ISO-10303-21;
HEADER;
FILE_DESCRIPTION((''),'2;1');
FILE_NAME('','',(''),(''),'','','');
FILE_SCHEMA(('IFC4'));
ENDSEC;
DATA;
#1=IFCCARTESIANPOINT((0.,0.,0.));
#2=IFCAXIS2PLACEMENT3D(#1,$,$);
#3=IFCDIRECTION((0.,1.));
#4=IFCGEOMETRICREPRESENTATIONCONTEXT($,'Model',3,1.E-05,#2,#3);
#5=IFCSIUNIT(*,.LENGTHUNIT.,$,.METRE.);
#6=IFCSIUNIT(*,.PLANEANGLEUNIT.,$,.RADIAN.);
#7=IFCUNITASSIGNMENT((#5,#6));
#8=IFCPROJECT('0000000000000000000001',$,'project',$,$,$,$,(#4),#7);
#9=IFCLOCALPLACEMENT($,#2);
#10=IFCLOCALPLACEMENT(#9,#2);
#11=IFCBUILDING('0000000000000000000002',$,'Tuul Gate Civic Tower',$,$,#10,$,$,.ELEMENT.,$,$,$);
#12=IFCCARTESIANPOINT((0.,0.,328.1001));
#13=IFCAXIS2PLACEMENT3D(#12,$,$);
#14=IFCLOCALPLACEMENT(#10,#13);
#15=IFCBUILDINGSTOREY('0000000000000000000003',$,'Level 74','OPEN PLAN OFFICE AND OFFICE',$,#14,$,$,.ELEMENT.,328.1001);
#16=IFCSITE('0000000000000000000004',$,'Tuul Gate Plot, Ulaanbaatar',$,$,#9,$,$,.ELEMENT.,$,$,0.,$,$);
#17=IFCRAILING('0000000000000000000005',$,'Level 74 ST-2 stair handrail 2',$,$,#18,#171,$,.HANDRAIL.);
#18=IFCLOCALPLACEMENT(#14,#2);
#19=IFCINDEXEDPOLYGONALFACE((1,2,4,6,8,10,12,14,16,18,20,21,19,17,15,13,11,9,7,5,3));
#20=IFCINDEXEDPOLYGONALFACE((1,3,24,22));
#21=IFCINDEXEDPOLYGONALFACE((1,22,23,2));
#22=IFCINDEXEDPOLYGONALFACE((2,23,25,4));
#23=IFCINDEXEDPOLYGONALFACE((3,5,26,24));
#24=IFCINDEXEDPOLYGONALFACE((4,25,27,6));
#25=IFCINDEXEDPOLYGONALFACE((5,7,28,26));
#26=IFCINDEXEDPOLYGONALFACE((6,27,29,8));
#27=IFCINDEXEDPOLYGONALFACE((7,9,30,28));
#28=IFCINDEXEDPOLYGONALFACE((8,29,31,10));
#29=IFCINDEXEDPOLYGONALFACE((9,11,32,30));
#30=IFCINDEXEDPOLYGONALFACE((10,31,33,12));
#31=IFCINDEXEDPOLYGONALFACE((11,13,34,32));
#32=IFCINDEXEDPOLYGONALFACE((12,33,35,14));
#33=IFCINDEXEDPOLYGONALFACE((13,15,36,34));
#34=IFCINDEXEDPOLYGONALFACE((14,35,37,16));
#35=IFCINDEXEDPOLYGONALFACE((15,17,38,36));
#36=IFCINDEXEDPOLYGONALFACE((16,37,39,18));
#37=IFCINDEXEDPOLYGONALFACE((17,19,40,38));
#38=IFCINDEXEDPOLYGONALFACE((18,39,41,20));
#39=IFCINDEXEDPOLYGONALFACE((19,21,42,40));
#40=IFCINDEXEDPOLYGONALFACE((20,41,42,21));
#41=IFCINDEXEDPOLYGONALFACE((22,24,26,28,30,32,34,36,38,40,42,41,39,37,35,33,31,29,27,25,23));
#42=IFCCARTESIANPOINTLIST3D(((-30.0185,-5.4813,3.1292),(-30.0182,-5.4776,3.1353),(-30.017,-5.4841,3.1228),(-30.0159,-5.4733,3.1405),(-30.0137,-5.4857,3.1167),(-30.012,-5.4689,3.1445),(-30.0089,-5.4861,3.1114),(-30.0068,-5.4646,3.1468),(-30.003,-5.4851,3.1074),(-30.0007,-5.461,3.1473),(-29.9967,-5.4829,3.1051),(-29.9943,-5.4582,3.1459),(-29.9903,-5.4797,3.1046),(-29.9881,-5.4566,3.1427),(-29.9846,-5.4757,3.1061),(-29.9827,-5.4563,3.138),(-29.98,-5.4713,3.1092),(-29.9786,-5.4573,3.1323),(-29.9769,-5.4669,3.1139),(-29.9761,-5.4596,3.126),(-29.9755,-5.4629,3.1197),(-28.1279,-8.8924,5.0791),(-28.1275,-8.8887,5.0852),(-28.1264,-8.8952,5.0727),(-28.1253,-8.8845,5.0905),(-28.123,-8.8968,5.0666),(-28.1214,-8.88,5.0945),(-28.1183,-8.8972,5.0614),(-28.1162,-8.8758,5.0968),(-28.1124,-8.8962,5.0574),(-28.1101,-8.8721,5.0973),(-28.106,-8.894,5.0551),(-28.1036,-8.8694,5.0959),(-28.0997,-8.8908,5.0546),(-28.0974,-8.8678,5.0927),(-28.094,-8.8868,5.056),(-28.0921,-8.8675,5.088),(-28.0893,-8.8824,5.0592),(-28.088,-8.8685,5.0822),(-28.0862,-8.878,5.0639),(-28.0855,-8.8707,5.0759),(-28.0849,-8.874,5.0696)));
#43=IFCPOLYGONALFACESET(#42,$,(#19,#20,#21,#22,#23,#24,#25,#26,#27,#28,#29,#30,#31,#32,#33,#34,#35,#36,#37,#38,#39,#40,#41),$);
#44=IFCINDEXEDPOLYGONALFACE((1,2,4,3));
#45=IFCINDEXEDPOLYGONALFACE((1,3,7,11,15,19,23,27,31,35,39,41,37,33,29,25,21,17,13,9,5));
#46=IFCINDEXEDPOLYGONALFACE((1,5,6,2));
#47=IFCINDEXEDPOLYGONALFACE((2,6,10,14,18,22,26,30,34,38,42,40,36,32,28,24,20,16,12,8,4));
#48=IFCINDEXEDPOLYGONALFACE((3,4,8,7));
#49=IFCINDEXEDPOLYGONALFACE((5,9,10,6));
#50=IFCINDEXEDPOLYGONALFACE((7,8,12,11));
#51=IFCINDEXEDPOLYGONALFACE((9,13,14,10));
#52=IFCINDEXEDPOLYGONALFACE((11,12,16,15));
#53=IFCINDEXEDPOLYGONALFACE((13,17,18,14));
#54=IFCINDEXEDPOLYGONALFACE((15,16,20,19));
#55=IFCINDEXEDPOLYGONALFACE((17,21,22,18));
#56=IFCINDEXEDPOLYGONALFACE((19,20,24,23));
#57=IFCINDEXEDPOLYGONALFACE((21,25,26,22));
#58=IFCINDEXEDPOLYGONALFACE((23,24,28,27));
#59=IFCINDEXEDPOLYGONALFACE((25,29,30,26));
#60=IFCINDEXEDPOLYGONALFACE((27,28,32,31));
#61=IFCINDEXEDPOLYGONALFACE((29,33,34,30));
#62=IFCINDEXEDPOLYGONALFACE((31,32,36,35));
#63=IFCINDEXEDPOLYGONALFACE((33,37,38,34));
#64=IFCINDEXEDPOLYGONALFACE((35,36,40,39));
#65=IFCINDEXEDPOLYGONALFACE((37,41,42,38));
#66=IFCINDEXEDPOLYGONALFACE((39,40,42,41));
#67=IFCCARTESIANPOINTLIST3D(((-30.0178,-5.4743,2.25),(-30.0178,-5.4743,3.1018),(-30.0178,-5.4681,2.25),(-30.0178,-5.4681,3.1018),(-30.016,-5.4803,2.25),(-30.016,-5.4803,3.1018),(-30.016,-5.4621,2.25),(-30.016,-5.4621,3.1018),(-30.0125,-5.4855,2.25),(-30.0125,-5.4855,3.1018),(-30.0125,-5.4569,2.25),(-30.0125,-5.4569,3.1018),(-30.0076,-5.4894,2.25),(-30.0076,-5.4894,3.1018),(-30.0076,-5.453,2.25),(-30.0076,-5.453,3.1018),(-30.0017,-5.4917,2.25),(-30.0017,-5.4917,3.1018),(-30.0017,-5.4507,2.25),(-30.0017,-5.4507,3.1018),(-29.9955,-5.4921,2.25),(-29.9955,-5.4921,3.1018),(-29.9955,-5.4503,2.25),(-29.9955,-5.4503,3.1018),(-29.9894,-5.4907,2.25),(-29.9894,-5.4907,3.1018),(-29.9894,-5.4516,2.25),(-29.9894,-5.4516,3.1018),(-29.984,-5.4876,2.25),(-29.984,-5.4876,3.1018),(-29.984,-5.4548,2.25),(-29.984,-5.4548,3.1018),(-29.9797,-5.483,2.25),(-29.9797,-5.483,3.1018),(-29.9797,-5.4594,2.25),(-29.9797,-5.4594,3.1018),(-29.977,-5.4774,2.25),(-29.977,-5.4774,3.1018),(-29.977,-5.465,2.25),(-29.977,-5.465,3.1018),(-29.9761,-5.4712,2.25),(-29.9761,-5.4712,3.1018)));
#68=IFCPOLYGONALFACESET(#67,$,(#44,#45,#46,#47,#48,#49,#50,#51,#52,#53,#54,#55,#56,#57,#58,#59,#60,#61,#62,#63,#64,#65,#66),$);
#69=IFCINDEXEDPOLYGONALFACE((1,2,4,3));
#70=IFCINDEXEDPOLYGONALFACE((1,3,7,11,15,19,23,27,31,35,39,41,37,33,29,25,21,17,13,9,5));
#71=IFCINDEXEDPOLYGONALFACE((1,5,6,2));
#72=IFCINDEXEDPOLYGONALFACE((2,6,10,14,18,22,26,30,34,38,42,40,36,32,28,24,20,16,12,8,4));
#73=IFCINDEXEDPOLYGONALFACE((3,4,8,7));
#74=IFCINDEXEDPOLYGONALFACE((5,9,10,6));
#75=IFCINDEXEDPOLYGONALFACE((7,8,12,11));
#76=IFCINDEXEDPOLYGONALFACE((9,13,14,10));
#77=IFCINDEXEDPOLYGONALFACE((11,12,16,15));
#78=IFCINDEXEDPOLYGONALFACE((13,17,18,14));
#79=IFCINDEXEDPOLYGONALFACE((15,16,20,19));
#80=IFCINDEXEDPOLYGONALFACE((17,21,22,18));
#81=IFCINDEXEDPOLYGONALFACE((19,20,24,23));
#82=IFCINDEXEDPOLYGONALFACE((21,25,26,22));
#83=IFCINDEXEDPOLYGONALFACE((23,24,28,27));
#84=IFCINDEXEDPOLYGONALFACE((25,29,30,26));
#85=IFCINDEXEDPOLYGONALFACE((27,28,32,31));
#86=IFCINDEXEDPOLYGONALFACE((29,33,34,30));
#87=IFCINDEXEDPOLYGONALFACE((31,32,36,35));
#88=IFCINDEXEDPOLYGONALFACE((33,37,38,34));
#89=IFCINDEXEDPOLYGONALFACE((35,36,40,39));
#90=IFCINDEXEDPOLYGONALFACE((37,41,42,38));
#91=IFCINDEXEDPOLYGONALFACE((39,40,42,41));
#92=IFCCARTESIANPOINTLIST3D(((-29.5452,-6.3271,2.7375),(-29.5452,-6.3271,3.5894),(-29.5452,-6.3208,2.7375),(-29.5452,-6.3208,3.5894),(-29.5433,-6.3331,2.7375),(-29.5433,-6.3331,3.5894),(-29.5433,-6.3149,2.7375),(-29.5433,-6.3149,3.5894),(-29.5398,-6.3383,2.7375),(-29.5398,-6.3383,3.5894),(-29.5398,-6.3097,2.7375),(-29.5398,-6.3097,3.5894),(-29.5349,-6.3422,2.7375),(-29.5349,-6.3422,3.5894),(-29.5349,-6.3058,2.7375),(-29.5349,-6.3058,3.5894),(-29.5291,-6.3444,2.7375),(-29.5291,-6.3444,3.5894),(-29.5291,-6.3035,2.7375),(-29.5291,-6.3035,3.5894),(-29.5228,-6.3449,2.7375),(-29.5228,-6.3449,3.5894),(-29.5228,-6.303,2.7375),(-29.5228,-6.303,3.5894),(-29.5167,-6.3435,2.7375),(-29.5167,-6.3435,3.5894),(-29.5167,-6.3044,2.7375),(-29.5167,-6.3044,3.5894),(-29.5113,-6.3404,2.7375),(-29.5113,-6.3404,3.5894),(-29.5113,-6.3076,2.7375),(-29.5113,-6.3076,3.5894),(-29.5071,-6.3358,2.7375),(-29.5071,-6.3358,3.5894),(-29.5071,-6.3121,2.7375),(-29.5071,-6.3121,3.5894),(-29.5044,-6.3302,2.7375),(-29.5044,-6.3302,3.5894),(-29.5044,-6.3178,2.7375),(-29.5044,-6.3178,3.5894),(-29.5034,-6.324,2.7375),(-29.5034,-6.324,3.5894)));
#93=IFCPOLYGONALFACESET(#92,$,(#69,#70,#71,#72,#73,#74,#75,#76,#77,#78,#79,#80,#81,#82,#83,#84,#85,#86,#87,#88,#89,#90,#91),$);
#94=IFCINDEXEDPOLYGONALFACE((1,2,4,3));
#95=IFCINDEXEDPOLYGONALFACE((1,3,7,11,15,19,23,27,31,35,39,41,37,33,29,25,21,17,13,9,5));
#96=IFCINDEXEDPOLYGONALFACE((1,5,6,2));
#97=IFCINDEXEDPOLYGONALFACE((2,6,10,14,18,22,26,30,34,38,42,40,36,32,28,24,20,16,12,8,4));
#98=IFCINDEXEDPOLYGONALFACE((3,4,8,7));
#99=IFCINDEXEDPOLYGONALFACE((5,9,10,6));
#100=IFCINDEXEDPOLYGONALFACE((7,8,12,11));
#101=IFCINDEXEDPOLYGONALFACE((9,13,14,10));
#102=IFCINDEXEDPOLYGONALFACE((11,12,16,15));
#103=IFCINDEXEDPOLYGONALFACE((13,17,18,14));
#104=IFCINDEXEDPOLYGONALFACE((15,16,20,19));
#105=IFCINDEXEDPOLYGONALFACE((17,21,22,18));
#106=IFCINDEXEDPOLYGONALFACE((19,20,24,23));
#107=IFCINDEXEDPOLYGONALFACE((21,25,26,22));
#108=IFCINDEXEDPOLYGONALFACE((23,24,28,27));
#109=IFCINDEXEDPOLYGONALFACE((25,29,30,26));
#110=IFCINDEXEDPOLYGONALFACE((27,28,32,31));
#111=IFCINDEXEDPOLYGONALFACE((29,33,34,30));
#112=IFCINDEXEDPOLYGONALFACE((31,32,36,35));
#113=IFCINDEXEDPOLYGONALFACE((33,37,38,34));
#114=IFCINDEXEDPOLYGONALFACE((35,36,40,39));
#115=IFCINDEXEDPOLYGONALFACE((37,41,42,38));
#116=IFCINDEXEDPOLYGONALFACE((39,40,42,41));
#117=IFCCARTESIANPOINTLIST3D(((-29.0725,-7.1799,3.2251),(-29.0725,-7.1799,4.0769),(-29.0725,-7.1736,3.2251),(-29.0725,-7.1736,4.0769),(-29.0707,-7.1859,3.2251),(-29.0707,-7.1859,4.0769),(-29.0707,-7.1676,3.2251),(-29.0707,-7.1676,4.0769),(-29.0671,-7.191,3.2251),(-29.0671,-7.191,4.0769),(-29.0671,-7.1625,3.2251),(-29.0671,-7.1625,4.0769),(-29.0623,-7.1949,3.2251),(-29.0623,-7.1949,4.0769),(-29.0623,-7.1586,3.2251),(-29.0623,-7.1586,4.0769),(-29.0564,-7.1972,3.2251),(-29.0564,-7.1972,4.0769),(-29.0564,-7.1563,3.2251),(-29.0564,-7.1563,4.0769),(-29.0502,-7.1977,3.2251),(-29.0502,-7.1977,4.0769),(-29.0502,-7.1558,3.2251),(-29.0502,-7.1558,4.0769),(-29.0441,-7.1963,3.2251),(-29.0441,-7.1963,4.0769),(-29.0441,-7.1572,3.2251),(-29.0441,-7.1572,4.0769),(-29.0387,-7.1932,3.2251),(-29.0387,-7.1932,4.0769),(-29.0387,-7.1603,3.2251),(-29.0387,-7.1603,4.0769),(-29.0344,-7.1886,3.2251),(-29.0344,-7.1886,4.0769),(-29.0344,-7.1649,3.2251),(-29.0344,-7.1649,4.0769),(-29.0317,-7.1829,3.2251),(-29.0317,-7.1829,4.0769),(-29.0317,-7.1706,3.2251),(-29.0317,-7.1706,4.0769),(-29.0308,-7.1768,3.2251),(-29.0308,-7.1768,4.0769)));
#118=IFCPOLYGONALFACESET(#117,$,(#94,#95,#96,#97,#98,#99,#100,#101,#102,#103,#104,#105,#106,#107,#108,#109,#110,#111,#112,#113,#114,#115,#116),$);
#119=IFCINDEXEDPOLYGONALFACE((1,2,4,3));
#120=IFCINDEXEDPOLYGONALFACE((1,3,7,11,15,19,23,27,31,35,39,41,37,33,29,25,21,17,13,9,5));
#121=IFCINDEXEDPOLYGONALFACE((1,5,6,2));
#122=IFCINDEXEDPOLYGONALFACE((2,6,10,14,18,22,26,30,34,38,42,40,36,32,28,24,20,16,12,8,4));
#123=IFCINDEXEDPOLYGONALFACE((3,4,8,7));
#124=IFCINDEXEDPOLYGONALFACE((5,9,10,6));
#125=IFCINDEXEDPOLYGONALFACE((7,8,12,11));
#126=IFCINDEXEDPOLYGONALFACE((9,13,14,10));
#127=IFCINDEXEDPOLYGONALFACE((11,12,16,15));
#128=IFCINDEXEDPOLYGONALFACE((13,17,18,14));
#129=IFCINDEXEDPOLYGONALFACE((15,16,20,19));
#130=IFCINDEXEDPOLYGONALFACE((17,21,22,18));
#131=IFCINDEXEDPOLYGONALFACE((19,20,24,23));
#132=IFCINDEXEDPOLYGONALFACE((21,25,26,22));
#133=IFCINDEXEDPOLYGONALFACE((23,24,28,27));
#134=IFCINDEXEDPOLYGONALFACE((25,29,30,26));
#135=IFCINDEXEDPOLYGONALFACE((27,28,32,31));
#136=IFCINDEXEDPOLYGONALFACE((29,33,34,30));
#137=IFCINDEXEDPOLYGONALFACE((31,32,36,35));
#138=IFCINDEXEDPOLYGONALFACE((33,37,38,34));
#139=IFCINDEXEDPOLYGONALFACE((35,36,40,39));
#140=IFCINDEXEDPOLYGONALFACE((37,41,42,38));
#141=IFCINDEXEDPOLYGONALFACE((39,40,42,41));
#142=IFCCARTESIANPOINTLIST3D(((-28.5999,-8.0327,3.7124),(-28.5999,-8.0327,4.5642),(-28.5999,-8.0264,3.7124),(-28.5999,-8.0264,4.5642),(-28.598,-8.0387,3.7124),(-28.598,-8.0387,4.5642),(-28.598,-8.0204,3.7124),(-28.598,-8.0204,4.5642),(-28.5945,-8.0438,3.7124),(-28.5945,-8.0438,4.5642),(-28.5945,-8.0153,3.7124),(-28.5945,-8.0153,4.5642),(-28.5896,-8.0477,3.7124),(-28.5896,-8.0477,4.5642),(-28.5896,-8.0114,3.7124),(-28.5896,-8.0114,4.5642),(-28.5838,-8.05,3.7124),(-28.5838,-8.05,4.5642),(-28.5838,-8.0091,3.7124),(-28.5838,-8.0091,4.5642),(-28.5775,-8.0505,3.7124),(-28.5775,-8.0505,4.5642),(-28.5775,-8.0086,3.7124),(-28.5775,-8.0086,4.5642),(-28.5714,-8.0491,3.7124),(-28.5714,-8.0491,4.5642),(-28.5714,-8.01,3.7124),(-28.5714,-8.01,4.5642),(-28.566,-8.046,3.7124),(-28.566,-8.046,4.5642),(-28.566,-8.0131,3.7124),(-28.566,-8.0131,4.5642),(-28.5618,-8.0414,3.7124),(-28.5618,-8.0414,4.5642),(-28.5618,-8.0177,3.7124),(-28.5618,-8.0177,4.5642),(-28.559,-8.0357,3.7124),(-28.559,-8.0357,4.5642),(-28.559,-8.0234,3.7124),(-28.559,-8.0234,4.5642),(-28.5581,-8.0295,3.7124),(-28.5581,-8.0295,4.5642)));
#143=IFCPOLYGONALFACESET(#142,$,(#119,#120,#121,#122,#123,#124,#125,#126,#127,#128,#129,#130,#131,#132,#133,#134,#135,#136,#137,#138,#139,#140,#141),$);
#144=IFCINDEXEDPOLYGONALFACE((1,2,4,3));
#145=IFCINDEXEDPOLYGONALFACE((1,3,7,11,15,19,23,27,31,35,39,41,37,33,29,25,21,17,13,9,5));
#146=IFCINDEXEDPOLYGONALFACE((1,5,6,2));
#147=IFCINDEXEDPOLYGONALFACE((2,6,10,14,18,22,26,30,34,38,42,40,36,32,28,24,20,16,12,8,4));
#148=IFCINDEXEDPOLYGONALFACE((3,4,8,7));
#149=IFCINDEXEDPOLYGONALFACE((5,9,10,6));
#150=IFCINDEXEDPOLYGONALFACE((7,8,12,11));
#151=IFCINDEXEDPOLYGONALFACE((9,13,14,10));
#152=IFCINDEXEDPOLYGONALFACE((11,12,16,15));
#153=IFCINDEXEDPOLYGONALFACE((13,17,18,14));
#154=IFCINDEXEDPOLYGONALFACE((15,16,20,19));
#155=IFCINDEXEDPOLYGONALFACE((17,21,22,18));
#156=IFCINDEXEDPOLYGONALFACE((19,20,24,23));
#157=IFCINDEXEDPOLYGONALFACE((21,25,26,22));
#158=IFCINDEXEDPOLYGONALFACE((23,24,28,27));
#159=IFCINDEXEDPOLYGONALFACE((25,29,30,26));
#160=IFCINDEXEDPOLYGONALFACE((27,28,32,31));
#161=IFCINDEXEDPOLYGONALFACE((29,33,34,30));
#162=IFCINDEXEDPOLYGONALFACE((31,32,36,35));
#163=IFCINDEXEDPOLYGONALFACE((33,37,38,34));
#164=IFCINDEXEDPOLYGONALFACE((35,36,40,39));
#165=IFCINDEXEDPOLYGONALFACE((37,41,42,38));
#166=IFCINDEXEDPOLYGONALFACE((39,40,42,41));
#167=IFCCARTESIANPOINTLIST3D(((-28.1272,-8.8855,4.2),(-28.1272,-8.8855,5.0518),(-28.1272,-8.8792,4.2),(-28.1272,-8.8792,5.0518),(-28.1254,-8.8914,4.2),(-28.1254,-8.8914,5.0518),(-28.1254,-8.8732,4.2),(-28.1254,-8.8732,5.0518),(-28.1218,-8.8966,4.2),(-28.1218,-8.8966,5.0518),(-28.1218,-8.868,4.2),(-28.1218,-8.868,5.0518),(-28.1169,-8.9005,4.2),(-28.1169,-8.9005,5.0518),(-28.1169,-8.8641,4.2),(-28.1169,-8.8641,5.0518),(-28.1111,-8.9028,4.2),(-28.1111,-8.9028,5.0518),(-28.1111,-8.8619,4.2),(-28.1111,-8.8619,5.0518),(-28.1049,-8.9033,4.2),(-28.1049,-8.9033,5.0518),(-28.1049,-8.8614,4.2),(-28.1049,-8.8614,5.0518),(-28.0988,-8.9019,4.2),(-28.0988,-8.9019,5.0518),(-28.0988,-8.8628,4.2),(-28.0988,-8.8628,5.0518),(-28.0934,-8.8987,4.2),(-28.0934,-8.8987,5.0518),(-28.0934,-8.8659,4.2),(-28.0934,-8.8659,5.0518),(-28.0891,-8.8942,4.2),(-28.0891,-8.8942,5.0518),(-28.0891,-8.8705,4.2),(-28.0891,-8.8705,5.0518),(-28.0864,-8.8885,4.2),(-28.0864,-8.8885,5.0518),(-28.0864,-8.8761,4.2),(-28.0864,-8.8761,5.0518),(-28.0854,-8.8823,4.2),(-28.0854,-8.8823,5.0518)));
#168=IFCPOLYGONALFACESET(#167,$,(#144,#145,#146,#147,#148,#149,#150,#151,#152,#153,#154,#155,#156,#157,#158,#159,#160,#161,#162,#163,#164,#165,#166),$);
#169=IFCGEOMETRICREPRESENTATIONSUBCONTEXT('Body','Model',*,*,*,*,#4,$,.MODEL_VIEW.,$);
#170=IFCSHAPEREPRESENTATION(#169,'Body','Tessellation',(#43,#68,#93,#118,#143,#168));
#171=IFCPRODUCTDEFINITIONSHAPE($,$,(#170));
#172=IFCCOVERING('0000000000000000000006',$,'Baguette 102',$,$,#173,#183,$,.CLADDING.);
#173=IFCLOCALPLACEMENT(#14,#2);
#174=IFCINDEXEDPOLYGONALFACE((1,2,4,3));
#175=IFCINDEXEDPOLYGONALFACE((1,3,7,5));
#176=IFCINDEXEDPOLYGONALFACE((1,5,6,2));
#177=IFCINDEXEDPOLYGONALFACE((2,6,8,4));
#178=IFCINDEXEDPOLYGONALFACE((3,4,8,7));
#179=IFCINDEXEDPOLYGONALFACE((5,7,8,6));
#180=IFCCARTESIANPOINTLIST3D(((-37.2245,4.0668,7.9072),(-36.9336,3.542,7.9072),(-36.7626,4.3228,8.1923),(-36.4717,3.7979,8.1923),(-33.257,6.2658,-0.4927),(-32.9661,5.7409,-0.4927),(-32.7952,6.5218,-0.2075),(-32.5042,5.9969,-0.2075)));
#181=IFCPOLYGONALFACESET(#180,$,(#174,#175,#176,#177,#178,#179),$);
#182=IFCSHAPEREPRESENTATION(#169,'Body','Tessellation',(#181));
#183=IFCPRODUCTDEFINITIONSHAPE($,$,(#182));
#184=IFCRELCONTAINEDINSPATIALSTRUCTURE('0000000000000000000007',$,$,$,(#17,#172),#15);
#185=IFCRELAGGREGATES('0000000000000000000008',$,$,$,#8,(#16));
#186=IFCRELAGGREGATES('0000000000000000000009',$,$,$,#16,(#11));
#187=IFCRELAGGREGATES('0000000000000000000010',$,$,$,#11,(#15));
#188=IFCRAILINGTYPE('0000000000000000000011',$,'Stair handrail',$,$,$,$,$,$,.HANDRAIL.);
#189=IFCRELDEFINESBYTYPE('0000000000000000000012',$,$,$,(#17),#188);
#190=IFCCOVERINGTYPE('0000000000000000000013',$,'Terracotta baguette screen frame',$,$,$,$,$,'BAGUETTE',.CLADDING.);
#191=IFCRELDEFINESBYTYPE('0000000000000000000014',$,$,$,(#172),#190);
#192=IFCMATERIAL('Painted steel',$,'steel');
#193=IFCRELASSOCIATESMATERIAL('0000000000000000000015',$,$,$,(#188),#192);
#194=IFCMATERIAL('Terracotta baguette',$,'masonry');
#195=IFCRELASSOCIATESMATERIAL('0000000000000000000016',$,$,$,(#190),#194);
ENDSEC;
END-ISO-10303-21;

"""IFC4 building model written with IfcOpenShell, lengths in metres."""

from ifc_helpers import new_model, si_unit, direction, frame, origin, origin_2d, place, context, subcontext, project, spatial, rectangle, circle, extrude, material, material_profile, profile_set, type_object, element, save


model = new_model("IFC4")

# Units and contexts
model_context = context("Model", 3, precision=1e-05, world=origin(), true_north=direction((0.0, 1.0)))
body_context = subcontext(model_context, "Body", "Model", "MODEL_VIEW")
ifc_project = project(units=[si_unit("LENGTHUNIT", "METRE"), si_unit("PLANEANGLEUNIT", "RADIAN")], contexts=[model_context])

# Site, building, storey
site_placement = place(None, origin())
site = spatial("IfcSite", under=ifc_project, at=site_placement, Name="Tuul Gate Plot, Ulaanbaatar", CompositionType="ELEMENT", RefElevation=0.0)
building_placement = place(site_placement, origin())
building = spatial("IfcBuilding", under=site, at=building_placement, Name="Tuul Gate Civic Tower", CompositionType="ELEMENT")
storey_placement = place(building_placement, frame((0.0, 0.0, 328.1001)))
storey = spatial("IfcBuildingStorey", under=building, at=storey_placement, Name="Level 74", Description="OPEN PLAN OFFICE AND OFFICE", CompositionType="ELEMENT", Elevation=328.1001)

# Railing
ifc_material_1 = material(Name="Painted steel", Category="steel")
railing_type_1 = type_object("IfcRailingType", Name="Stair handrail", PredefinedType="HANDRAIL", material=ifc_material_1)
railing_1_placement = place(storey_placement, frame((-29.9971, -5.4712, 2.25)))
element("IfcRailing", 1, at=railing_1_placement, inside=storey, type_object=railing_type_1, Name="Level 74 ST-2 stair handrail 2", PredefinedType="HANDRAIL", context=body_context, shape_type="SweptSolid", body=[
    extrude(circle(Radius=0.0239, at=origin_2d()), frame((0.0, 0.0, 0.876), z_axis=(0.433595, -0.782308, 0.447201), x_axis=(0.874641, 0.484771, 0.0)), (0.0, 0.0, 1.0), 4.3604),
    extrude(circle(Radius=0.021, at=origin_2d()), origin(), (0.0, 0.0, 1.0), 0.8518),
    extrude(circle(Radius=0.021, at=origin_2d()), frame((0.4727, -0.8528, 0.4875)), (0.0, 0.0, 1.0), 0.8518),
    extrude(circle(Radius=0.021, at=origin_2d()), frame((0.9453, -1.7056, 0.9751)), (0.0, 0.0, 1.0), 0.8518),
    extrude(circle(Radius=0.021, at=origin_2d()), frame((1.418, -2.5583, 1.4624)), (0.0, 0.0, 1.0), 0.8518),
    extrude(circle(Radius=0.021, at=origin_2d()), frame((1.8906, -3.4111, 1.95)), (0.0, 0.0, 1.0), 0.8518),
])

# Covering
ifc_material_2 = material(Name="Terracotta baguette", Category="masonry")
ifc_material_profile_1 = material_profile(ifc_material_2, rectangle(XDim=0.6001, YDim=0.6001, at=origin_2d()), Name="Terracotta baguette screen frame")
ifc_profile_set_1 = profile_set([ifc_material_profile_1], Name="Terracotta baguette")
covering_type = type_object("IfcCoveringType", Name="Terracotta baguette screen frame", ElementType="BAGUETTE", PredefinedType="CLADDING", material=ifc_profile_set_1)
covering_placement = place(storey_placement, frame((-32.8806, 6.1313, -0.3501), z_axis=(-0.415602, -0.230344, 0.879896), x_axis=(0.484765, -0.874644, 0.0)))
element("IfcCovering", 2, at=covering_placement, inside=storey, type_object=covering_type, Name="Baguette 102", PredefinedType="CLADDING", context=body_context, shape_type="SweptSolid", body=[
    extrude(rectangle(XDim=0.6001, YDim=0.6001, at=origin_2d()), origin(), (0.0, 0.0, 1.0), 9.5464),
])

save(model, "model.ifc")
